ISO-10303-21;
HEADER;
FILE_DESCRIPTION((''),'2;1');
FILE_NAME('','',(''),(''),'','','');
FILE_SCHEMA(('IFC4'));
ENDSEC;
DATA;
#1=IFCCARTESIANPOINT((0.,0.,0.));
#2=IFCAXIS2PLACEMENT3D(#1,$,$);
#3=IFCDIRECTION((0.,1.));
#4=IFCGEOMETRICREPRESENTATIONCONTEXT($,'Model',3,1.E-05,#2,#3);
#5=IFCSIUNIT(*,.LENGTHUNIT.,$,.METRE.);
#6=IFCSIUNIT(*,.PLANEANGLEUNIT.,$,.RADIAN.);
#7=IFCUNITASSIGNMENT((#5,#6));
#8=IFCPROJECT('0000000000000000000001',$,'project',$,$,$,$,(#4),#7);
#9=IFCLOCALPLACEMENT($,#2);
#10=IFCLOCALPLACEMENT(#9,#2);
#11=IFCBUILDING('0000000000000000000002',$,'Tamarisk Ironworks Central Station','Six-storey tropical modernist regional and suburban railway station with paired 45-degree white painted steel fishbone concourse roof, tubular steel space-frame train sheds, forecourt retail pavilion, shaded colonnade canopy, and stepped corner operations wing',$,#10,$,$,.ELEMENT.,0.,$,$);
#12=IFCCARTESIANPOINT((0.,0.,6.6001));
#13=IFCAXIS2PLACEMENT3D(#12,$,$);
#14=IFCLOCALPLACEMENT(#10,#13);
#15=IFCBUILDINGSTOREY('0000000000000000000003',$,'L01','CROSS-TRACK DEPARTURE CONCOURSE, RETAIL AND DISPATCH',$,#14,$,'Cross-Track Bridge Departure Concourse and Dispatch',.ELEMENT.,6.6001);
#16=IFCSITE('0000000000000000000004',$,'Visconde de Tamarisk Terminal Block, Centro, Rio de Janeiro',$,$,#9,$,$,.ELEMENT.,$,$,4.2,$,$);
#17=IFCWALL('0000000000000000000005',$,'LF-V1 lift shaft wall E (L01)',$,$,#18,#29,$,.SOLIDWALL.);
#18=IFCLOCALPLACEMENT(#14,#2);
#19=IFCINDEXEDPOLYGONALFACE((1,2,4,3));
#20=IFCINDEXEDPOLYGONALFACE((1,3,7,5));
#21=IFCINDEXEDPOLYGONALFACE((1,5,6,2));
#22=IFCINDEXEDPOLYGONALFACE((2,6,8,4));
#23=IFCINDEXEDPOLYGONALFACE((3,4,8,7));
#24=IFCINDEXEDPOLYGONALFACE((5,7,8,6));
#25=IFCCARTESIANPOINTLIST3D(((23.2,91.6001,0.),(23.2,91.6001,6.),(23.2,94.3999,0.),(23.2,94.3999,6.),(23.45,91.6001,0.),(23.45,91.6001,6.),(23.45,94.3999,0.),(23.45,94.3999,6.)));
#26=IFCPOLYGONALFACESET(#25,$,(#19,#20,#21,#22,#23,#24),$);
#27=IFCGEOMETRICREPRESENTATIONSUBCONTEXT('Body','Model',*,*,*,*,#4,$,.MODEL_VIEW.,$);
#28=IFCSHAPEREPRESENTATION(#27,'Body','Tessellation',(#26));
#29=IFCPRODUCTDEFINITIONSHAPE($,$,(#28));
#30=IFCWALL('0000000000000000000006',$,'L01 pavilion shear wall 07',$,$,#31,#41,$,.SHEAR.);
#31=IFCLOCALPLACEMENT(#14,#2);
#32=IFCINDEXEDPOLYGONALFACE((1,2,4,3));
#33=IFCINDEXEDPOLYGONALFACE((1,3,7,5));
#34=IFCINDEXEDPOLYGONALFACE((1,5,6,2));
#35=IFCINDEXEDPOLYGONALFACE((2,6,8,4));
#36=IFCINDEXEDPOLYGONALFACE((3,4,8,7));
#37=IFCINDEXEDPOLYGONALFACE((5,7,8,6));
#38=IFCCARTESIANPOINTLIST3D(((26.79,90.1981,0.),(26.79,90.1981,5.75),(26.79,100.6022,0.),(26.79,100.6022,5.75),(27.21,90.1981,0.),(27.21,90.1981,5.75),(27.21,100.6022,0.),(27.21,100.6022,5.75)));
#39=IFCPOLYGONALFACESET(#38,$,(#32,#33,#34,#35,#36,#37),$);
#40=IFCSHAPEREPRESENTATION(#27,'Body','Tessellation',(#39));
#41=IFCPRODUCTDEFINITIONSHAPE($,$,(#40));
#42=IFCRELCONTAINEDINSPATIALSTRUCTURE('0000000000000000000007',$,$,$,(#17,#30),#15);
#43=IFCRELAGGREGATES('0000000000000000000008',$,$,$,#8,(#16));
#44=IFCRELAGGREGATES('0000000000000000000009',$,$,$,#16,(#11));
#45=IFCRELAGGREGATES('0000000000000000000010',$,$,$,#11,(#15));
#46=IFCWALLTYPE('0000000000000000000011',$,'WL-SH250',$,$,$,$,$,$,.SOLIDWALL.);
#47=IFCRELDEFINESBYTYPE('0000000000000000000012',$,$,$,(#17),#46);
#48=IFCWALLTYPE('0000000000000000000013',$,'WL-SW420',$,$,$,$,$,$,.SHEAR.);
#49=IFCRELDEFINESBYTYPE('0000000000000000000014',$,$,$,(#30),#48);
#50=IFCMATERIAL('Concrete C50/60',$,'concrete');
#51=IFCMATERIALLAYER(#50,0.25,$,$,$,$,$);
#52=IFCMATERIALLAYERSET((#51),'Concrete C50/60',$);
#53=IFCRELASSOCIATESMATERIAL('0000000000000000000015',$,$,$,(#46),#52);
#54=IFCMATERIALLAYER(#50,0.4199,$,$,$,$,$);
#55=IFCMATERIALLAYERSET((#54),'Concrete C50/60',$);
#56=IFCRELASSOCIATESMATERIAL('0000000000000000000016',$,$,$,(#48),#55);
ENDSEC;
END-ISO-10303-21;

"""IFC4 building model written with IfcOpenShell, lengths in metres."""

from ifc_helpers import new_model, si_unit, direction, frame, frame_2d, origin, place, context, subcontext, project, spatial, rectangle, extrude, material, layer, layer_set, type_object, element, save


model = new_model("IFC4")

# Units and contexts
model_context = context("Model", 3, precision=1e-05, world=origin(), true_north=direction((0.0, 1.0)))
body_context = subcontext(model_context, "Body", "Model", "MODEL_VIEW")
ifc_project = project(units=[si_unit("LENGTHUNIT", "METRE"), si_unit("PLANEANGLEUNIT", "RADIAN")], contexts=[model_context])

# Site, building, storey
site_placement = place(None, origin())
site = spatial("IfcSite", under=ifc_project, at=site_placement, Name="Visconde de Tamarisk Terminal Block, Centro, Rio de Janeiro", CompositionType="ELEMENT", RefElevation=4.2)
building_placement = place(site_placement, origin())
building = spatial("IfcBuilding", under=site, at=building_placement, Name="Tamarisk Ironworks Central Station", Description="Six-storey tropical modernist regional and suburban railway station with paired 45-degree white painted steel fishbone concourse roof, tubular steel space-frame train sheds, forecourt retail pavilion, shaded colonnade canopy, and stepped corner operations wing", CompositionType="ELEMENT", ElevationOfRefHeight=0.0)
storey_placement = place(building_placement, frame((0.0, 0.0, 6.6001)))
storey = spatial("IfcBuildingStorey", under=building, at=storey_placement, Name="L01", Description="CROSS-TRACK DEPARTURE CONCOURSE, RETAIL AND DISPATCH", LongName="Cross-Track Bridge Departure Concourse and Dispatch", CompositionType="ELEMENT", Elevation=6.6001)

# Walls
ifc_material_1 = material(Name="Concrete C50/60", Category="concrete")
ifc_layer_1 = layer(ifc_material_1, 0.25)
ifc_layer_set_1 = layer_set([ifc_layer_1], Name="Concrete C50/60")
wall_type_1 = type_object("IfcWallType", Name="WL-SH250", PredefinedType="SOLIDWALL", material=ifc_layer_set_1)
wall_1_placement = place(storey_placement, frame((23.325, 91.6001, 0.0), z_axis=(0.0, 0.0, 1.0), x_axis=(0.0, 1.0, 0.0)))
element("IfcWall", 1, at=wall_1_placement, inside=storey, type_object=wall_type_1, Name="LF-V1 lift shaft wall E (L01)", PredefinedType="SOLIDWALL", context=body_context, shape_type="SweptSolid", body=[
    extrude(rectangle(XDim=2.7998, YDim=0.25, at=frame_2d((1.3999, 0.0))), origin(), (0.0, 0.0, 1.0), 6.0),
])
ifc_layer_2 = layer(ifc_material_1, 0.4199)
ifc_layer_set_2 = layer_set([ifc_layer_2], Name="Concrete C50/60")
wall_type_2 = type_object("IfcWallType", Name="WL-SW420", PredefinedType="SHEAR", material=ifc_layer_set_2)
wall_2_placement = place(storey_placement, frame((27.0, 90.198, 0.0), z_axis=(0.0, 0.0, 1.0), x_axis=(0.0, 1.0, 0.0)))
element("IfcWall", 2, at=wall_2_placement, inside=storey, type_object=wall_type_2, Name="L01 pavilion shear wall 07", PredefinedType="SHEAR", context=body_context, shape_type="SweptSolid", body=[
    extrude(rectangle(XDim=10.4041, YDim=0.4199, at=frame_2d((5.2021, 0.0))), origin(), (0.0, 0.0, 1.0), 5.75),
])

save(model, "model.ifc")
